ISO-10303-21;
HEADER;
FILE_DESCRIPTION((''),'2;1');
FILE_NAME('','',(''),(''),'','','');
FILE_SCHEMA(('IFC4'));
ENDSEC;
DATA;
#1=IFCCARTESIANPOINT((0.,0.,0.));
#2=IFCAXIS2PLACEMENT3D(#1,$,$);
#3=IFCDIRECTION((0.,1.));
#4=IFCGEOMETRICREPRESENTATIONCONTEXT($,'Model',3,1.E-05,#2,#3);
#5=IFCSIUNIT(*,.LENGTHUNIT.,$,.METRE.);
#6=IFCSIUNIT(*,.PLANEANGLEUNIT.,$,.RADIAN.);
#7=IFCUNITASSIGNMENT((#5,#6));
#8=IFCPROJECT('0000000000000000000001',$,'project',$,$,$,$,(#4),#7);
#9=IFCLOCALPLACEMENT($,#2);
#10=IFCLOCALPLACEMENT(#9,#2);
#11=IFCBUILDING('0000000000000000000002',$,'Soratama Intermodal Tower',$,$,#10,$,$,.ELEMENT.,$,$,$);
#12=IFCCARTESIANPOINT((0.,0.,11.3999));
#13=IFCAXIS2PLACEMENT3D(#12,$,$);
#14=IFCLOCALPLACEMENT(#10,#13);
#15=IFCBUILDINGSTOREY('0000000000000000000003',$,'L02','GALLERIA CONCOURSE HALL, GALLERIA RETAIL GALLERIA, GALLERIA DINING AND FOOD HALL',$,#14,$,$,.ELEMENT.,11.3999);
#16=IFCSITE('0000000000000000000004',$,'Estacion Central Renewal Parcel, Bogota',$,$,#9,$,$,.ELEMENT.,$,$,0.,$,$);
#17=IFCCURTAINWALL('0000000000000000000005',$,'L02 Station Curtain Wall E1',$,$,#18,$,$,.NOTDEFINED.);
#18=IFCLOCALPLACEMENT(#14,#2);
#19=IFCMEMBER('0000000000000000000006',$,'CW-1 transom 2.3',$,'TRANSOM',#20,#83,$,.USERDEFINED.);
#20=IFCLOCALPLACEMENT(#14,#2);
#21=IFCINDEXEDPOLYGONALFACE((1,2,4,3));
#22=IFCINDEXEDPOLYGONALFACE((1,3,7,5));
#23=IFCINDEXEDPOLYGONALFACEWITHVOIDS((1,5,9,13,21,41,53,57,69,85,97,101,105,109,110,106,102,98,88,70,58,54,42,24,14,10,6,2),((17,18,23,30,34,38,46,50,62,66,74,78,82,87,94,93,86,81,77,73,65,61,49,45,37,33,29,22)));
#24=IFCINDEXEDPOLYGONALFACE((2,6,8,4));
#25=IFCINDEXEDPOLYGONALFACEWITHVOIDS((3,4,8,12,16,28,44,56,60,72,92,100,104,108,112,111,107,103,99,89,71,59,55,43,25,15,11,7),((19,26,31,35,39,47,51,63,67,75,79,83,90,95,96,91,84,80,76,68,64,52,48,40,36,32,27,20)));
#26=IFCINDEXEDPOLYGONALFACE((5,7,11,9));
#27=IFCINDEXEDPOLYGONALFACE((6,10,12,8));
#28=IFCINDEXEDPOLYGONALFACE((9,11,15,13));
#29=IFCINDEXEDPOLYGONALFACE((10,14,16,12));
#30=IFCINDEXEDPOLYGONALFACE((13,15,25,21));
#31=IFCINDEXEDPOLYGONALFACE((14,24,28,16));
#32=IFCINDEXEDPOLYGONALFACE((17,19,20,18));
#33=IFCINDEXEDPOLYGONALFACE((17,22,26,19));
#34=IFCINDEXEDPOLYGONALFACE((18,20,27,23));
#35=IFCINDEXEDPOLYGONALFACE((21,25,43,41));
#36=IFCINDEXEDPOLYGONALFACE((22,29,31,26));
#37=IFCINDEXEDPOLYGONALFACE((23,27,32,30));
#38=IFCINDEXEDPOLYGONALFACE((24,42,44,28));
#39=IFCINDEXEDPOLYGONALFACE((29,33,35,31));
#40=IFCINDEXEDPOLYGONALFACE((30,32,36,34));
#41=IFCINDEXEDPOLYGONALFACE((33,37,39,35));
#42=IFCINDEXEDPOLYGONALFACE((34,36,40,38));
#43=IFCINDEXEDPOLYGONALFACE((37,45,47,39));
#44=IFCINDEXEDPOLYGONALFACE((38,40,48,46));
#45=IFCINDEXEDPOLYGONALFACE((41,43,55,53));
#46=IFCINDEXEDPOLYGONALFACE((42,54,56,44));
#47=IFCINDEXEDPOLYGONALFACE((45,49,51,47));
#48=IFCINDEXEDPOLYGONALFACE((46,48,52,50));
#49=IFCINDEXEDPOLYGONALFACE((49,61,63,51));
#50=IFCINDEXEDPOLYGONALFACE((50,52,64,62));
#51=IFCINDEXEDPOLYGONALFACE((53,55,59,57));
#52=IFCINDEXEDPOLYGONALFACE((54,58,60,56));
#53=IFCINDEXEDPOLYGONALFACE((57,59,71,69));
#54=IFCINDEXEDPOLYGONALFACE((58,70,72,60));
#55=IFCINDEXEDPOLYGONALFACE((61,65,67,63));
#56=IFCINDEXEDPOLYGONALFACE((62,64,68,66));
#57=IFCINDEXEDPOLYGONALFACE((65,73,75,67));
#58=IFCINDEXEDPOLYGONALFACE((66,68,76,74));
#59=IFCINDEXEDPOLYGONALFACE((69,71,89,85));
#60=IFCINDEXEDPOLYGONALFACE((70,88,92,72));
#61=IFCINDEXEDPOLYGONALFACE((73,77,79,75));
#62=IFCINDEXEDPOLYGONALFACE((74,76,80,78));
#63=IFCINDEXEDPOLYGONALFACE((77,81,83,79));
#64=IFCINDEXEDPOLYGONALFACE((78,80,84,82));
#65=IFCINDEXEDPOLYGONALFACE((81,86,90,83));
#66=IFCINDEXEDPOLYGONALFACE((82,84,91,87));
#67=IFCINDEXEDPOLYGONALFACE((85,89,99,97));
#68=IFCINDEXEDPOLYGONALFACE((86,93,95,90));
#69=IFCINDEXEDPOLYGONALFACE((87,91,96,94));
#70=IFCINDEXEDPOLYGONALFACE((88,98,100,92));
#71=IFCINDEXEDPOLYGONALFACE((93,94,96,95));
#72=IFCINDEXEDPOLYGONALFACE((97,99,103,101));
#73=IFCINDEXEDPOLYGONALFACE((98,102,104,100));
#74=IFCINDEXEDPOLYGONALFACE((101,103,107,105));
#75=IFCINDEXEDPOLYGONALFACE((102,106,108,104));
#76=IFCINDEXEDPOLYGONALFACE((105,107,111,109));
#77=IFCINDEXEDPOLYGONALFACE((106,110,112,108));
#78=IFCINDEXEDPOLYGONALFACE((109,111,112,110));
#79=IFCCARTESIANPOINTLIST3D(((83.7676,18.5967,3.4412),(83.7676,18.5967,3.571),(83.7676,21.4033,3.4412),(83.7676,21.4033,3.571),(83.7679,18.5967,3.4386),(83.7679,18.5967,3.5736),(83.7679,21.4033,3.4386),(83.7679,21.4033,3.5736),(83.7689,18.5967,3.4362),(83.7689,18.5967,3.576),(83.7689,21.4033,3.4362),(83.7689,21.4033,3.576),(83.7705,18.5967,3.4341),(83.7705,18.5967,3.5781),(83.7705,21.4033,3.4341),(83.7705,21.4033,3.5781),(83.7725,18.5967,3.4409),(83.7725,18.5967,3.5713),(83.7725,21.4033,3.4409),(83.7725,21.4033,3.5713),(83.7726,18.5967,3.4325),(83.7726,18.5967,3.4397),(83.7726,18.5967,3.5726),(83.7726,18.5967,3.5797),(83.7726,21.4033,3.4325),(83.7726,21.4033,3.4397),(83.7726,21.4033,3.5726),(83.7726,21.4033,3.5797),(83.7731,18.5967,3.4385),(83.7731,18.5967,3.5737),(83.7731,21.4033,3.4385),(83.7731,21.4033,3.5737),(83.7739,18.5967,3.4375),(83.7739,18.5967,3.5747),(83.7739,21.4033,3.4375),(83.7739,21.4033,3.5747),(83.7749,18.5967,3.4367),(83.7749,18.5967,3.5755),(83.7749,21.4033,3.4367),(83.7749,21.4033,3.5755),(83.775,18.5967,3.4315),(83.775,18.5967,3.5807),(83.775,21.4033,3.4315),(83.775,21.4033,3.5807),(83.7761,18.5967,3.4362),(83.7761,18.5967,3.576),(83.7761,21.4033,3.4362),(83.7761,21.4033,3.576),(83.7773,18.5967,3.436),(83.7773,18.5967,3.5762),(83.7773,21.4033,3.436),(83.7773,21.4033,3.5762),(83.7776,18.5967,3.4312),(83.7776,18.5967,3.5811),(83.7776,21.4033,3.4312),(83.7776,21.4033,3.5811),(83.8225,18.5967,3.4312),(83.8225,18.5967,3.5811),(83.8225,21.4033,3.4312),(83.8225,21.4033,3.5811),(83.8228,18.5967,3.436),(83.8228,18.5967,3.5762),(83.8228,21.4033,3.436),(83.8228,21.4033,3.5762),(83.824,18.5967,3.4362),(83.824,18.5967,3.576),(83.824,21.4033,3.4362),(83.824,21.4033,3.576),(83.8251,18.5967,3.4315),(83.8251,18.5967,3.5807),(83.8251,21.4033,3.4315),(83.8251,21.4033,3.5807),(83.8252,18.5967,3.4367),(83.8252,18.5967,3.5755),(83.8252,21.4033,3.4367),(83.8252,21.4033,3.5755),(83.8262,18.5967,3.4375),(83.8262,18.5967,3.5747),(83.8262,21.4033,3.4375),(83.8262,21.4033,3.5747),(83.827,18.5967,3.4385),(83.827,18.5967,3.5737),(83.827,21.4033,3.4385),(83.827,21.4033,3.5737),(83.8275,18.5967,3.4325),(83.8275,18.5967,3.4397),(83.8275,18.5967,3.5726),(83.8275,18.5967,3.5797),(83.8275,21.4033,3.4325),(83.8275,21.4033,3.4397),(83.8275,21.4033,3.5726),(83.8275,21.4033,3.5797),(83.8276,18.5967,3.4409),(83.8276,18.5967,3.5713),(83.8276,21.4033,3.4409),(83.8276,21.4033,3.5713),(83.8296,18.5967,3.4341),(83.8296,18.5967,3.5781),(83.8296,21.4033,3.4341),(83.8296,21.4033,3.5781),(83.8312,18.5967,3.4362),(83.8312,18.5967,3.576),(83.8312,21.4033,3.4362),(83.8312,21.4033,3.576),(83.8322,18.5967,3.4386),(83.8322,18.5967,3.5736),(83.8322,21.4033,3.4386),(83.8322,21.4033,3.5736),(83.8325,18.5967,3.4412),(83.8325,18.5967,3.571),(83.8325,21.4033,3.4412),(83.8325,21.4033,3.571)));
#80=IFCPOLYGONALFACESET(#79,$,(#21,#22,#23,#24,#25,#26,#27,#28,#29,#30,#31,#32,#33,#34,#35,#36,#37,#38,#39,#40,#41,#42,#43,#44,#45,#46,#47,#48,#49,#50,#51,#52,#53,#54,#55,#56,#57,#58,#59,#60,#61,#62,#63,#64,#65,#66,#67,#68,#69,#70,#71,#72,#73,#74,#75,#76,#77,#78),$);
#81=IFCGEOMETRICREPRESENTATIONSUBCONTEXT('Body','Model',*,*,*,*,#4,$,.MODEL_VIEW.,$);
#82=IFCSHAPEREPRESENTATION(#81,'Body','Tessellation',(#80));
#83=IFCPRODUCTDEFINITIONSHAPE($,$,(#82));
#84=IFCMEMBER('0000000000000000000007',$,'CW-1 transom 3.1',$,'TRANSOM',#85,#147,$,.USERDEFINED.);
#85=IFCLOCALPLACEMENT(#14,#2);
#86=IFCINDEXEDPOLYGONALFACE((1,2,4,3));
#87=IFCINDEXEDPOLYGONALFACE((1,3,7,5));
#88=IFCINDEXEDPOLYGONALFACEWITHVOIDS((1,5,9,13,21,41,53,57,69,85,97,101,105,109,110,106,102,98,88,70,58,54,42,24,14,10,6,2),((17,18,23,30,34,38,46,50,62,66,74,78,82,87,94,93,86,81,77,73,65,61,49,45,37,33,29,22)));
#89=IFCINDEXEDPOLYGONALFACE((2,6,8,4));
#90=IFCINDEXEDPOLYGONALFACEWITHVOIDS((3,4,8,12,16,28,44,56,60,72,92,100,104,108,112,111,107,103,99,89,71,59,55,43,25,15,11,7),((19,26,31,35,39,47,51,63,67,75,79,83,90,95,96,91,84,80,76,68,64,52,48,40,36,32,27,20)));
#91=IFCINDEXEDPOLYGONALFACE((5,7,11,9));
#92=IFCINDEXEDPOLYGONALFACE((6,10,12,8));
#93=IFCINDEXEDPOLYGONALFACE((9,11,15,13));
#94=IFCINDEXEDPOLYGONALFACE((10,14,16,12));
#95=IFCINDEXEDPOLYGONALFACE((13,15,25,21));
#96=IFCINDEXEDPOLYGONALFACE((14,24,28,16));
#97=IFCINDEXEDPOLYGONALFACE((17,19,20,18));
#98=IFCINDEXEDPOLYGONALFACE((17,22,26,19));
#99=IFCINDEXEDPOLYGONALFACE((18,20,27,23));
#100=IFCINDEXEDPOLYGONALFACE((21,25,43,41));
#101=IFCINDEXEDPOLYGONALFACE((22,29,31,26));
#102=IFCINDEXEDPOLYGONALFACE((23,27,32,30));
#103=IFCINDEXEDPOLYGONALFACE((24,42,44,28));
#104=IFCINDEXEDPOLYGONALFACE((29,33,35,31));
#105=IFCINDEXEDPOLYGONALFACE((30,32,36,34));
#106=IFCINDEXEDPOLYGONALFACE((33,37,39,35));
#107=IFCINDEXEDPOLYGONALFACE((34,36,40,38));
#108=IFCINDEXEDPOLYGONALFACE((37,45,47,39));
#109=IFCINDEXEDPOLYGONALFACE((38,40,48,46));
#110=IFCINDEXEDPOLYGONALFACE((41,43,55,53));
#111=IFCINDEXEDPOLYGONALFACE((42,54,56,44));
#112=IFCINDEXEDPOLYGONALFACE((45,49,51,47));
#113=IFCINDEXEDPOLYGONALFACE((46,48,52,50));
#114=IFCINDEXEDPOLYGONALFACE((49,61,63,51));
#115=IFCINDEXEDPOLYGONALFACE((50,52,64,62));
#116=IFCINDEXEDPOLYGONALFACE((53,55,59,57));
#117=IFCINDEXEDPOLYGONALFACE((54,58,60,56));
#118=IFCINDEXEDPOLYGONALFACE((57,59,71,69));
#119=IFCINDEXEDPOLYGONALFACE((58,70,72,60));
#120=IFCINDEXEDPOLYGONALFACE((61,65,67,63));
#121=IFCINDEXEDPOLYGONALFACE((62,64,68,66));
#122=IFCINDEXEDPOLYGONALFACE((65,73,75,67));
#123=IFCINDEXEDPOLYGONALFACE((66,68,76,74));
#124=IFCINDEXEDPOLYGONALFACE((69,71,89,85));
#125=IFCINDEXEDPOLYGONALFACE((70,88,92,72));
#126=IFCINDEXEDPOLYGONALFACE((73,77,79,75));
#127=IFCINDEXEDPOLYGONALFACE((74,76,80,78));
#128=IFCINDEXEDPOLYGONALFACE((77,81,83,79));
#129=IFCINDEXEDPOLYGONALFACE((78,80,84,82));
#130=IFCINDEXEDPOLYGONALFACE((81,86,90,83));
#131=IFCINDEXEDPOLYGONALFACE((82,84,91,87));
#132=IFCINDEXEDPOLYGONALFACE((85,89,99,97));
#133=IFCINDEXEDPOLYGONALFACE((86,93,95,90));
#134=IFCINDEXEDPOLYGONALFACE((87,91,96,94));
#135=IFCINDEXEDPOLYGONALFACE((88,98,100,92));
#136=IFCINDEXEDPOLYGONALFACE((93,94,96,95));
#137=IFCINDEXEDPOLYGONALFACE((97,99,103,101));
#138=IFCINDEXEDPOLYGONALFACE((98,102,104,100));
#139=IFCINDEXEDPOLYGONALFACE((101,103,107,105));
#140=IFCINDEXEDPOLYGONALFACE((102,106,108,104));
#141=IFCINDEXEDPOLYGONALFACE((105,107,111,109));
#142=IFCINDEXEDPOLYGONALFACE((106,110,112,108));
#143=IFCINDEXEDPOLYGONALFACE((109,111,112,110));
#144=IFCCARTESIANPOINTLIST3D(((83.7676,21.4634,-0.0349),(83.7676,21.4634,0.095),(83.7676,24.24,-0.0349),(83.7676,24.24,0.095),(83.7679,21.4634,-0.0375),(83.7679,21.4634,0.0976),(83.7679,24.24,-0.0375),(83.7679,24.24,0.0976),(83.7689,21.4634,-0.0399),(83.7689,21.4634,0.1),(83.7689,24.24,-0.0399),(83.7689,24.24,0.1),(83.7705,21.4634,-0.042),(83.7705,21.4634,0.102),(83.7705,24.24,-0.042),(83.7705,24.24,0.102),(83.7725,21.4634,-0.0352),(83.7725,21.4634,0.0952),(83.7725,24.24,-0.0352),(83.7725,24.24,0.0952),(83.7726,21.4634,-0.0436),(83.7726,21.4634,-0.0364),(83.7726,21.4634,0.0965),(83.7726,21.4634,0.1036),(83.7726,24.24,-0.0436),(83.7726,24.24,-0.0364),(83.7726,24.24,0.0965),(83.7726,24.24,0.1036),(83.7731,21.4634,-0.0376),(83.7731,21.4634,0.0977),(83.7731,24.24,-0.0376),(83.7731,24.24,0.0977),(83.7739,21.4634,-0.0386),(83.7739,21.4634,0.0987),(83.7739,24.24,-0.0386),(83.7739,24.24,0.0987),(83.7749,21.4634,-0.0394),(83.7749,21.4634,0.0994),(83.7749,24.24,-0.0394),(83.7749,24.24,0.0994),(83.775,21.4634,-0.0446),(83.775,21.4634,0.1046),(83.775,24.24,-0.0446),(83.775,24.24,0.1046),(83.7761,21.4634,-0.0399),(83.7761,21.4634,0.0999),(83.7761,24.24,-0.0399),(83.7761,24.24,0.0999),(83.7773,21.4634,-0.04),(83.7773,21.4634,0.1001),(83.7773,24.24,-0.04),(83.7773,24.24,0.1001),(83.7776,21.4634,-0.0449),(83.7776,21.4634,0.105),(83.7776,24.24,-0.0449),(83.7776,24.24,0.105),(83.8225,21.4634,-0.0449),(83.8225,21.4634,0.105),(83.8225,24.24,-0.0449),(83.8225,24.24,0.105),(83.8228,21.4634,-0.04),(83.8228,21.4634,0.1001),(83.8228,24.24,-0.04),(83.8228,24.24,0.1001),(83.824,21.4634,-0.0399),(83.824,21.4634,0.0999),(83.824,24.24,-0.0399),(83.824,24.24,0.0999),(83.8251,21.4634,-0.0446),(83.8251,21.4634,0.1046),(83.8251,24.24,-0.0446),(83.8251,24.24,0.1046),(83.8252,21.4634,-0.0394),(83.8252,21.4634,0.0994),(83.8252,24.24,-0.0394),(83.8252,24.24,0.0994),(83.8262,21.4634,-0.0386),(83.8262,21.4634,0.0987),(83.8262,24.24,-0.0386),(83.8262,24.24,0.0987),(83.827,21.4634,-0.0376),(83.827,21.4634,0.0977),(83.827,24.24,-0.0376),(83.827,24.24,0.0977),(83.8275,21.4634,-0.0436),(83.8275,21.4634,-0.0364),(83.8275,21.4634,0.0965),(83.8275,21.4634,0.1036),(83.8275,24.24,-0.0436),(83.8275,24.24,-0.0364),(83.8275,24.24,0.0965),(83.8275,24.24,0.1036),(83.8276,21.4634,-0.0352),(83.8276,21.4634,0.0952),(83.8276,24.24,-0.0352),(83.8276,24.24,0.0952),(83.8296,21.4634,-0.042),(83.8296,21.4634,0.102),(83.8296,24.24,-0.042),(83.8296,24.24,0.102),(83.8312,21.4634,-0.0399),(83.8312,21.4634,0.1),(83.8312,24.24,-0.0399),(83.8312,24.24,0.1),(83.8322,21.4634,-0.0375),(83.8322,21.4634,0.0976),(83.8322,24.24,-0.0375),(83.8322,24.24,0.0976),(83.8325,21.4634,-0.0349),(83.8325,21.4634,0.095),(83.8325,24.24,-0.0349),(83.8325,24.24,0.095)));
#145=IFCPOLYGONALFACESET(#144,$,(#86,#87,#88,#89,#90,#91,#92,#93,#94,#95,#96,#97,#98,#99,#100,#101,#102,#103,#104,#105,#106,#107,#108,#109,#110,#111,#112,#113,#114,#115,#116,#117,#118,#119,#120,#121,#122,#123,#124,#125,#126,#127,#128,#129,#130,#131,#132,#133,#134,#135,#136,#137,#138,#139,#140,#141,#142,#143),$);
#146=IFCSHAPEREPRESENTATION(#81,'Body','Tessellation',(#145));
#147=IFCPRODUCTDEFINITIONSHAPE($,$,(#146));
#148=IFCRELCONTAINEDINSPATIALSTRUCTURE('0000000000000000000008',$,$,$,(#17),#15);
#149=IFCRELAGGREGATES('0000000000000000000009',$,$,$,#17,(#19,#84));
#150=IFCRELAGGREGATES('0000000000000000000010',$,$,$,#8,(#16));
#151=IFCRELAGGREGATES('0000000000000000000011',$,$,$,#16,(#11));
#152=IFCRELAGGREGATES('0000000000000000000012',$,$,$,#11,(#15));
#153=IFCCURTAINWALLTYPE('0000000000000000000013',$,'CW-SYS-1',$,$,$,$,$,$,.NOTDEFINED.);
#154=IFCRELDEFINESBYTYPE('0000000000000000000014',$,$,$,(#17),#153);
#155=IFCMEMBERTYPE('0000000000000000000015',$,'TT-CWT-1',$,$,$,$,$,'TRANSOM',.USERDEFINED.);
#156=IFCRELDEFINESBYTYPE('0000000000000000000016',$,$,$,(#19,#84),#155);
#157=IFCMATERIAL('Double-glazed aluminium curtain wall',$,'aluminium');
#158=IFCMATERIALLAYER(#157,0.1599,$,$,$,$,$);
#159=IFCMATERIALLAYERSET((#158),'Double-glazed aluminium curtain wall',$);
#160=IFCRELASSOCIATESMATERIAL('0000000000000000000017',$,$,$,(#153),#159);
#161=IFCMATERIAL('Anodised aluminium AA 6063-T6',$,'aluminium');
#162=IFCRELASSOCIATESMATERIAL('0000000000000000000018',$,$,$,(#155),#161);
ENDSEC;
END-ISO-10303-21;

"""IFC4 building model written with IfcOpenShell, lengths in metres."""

from ifc_helpers import new_model, si_unit, direction, frame, origin, origin_2d, place, context, subcontext, project, spatial, hollow_rectangle, extrude, material, layer, layer_set, material_profile, profile_set, type_object, element, aggregate, save


model = new_model("IFC4")

# Units and contexts
model_context = context("Model", 3, precision=1e-05, world=origin(), true_north=direction((0.0, 1.0)))
body_context = subcontext(model_context, "Body", "Model", "MODEL_VIEW")
ifc_project = project(units=[si_unit("LENGTHUNIT", "METRE"), si_unit("PLANEANGLEUNIT", "RADIAN")], contexts=[model_context])

# Site, building, storey
site_placement = place(None, origin())
site = spatial("IfcSite", under=ifc_project, at=site_placement, Name="Estacion Central Renewal Parcel, Bogota", CompositionType="ELEMENT", RefElevation=0.0)
building_placement = place(site_placement, origin())
building = spatial("IfcBuilding", under=site, at=building_placement, Name="Soratama Intermodal Tower", CompositionType="ELEMENT")
storey_placement = place(building_placement, frame((0.0, 0.0, 11.3999)))
storey = spatial("IfcBuildingStorey", under=building, at=storey_placement, Name="L02", Description="GALLERIA CONCOURSE HALL, GALLERIA RETAIL GALLERIA, GALLERIA DINING AND FOOD HALL", CompositionType="ELEMENT", Elevation=11.3999)

# Curtain wall
ifc_material_1 = material(Name="Double-glazed aluminium curtain wall", Category="aluminium")
ifc_layer_1 = layer(ifc_material_1, 0.1599)
ifc_layer_set_1 = layer_set([ifc_layer_1], Name="Double-glazed aluminium curtain wall")
curtain_wall_type = type_object("IfcCurtainWallType", Name="CW-SYS-1", PredefinedType="NOTDEFINED", material=ifc_layer_set_1)
curtain_wall_1_placement = place(storey_placement, origin())
curtain_wall_1 = element("IfcCurtainWall", 1, at=curtain_wall_1_placement, inside=storey, type_object=curtain_wall_type, Name="L02 Station Curtain Wall E1", PredefinedType="NOTDEFINED")

# Members
ifc_material_2 = material(Name="Anodised aluminium AA 6063-T6", Category="aluminium")
ifc_material_profile_1 = material_profile(ifc_material_2, hollow_rectangle(XDim=0.0649, YDim=0.1499, WallThickness=0.0049, InnerFilletRadius=0.0049, OuterFilletRadius=0.01, at=origin_2d()), Name="CWT150X65X5")
ifc_profile_set_1 = profile_set([ifc_material_profile_1], Name="Anodised aluminium AA 6063-T6")
member_type_1 = type_object("IfcMemberType", Name="TT-CWT-1", ElementType="TRANSOM", PredefinedType="USERDEFINED", material=ifc_profile_set_1)
member_1_placement = place(storey_placement, frame((83.8, 18.5967, 3.5061), z_axis=(0.0, 1.0, 0.0), x_axis=(-1.0, 0.0, 0.0)))
member_1 = element("IfcMember", 2, at=member_1_placement, type_object=member_type_1, Name="CW-1 transom 2.3", ObjectType="TRANSOM", PredefinedType="USERDEFINED", context=body_context, shape_type="SweptSolid", body=[
    extrude(hollow_rectangle(XDim=0.0649, YDim=0.1499, WallThickness=0.0049, InnerFilletRadius=0.0049, OuterFilletRadius=0.01, at=origin_2d()), origin(), (0.0, 0.0, 1.0), 2.8066),
])
member_2_placement = place(storey_placement, frame((83.8, 21.4634, 0.03), z_axis=(0.0, 1.0, 0.0), x_axis=(-1.0, 0.0, 0.0)))
member_2 = element("IfcMember", 3, at=member_2_placement, type_object=member_type_1, Name="CW-1 transom 3.1", ObjectType="TRANSOM", PredefinedType="USERDEFINED", context=body_context, shape_type="SweptSolid", body=[
    extrude(hollow_rectangle(XDim=0.0649, YDim=0.1499, WallThickness=0.0049, InnerFilletRadius=0.0049, OuterFilletRadius=0.01, at=origin_2d()), origin(), (0.0, 0.0, 1.0), 2.7766),
])

aggregate(curtain_wall_1, [member_1, member_2])

save(model, "model.ifc")
